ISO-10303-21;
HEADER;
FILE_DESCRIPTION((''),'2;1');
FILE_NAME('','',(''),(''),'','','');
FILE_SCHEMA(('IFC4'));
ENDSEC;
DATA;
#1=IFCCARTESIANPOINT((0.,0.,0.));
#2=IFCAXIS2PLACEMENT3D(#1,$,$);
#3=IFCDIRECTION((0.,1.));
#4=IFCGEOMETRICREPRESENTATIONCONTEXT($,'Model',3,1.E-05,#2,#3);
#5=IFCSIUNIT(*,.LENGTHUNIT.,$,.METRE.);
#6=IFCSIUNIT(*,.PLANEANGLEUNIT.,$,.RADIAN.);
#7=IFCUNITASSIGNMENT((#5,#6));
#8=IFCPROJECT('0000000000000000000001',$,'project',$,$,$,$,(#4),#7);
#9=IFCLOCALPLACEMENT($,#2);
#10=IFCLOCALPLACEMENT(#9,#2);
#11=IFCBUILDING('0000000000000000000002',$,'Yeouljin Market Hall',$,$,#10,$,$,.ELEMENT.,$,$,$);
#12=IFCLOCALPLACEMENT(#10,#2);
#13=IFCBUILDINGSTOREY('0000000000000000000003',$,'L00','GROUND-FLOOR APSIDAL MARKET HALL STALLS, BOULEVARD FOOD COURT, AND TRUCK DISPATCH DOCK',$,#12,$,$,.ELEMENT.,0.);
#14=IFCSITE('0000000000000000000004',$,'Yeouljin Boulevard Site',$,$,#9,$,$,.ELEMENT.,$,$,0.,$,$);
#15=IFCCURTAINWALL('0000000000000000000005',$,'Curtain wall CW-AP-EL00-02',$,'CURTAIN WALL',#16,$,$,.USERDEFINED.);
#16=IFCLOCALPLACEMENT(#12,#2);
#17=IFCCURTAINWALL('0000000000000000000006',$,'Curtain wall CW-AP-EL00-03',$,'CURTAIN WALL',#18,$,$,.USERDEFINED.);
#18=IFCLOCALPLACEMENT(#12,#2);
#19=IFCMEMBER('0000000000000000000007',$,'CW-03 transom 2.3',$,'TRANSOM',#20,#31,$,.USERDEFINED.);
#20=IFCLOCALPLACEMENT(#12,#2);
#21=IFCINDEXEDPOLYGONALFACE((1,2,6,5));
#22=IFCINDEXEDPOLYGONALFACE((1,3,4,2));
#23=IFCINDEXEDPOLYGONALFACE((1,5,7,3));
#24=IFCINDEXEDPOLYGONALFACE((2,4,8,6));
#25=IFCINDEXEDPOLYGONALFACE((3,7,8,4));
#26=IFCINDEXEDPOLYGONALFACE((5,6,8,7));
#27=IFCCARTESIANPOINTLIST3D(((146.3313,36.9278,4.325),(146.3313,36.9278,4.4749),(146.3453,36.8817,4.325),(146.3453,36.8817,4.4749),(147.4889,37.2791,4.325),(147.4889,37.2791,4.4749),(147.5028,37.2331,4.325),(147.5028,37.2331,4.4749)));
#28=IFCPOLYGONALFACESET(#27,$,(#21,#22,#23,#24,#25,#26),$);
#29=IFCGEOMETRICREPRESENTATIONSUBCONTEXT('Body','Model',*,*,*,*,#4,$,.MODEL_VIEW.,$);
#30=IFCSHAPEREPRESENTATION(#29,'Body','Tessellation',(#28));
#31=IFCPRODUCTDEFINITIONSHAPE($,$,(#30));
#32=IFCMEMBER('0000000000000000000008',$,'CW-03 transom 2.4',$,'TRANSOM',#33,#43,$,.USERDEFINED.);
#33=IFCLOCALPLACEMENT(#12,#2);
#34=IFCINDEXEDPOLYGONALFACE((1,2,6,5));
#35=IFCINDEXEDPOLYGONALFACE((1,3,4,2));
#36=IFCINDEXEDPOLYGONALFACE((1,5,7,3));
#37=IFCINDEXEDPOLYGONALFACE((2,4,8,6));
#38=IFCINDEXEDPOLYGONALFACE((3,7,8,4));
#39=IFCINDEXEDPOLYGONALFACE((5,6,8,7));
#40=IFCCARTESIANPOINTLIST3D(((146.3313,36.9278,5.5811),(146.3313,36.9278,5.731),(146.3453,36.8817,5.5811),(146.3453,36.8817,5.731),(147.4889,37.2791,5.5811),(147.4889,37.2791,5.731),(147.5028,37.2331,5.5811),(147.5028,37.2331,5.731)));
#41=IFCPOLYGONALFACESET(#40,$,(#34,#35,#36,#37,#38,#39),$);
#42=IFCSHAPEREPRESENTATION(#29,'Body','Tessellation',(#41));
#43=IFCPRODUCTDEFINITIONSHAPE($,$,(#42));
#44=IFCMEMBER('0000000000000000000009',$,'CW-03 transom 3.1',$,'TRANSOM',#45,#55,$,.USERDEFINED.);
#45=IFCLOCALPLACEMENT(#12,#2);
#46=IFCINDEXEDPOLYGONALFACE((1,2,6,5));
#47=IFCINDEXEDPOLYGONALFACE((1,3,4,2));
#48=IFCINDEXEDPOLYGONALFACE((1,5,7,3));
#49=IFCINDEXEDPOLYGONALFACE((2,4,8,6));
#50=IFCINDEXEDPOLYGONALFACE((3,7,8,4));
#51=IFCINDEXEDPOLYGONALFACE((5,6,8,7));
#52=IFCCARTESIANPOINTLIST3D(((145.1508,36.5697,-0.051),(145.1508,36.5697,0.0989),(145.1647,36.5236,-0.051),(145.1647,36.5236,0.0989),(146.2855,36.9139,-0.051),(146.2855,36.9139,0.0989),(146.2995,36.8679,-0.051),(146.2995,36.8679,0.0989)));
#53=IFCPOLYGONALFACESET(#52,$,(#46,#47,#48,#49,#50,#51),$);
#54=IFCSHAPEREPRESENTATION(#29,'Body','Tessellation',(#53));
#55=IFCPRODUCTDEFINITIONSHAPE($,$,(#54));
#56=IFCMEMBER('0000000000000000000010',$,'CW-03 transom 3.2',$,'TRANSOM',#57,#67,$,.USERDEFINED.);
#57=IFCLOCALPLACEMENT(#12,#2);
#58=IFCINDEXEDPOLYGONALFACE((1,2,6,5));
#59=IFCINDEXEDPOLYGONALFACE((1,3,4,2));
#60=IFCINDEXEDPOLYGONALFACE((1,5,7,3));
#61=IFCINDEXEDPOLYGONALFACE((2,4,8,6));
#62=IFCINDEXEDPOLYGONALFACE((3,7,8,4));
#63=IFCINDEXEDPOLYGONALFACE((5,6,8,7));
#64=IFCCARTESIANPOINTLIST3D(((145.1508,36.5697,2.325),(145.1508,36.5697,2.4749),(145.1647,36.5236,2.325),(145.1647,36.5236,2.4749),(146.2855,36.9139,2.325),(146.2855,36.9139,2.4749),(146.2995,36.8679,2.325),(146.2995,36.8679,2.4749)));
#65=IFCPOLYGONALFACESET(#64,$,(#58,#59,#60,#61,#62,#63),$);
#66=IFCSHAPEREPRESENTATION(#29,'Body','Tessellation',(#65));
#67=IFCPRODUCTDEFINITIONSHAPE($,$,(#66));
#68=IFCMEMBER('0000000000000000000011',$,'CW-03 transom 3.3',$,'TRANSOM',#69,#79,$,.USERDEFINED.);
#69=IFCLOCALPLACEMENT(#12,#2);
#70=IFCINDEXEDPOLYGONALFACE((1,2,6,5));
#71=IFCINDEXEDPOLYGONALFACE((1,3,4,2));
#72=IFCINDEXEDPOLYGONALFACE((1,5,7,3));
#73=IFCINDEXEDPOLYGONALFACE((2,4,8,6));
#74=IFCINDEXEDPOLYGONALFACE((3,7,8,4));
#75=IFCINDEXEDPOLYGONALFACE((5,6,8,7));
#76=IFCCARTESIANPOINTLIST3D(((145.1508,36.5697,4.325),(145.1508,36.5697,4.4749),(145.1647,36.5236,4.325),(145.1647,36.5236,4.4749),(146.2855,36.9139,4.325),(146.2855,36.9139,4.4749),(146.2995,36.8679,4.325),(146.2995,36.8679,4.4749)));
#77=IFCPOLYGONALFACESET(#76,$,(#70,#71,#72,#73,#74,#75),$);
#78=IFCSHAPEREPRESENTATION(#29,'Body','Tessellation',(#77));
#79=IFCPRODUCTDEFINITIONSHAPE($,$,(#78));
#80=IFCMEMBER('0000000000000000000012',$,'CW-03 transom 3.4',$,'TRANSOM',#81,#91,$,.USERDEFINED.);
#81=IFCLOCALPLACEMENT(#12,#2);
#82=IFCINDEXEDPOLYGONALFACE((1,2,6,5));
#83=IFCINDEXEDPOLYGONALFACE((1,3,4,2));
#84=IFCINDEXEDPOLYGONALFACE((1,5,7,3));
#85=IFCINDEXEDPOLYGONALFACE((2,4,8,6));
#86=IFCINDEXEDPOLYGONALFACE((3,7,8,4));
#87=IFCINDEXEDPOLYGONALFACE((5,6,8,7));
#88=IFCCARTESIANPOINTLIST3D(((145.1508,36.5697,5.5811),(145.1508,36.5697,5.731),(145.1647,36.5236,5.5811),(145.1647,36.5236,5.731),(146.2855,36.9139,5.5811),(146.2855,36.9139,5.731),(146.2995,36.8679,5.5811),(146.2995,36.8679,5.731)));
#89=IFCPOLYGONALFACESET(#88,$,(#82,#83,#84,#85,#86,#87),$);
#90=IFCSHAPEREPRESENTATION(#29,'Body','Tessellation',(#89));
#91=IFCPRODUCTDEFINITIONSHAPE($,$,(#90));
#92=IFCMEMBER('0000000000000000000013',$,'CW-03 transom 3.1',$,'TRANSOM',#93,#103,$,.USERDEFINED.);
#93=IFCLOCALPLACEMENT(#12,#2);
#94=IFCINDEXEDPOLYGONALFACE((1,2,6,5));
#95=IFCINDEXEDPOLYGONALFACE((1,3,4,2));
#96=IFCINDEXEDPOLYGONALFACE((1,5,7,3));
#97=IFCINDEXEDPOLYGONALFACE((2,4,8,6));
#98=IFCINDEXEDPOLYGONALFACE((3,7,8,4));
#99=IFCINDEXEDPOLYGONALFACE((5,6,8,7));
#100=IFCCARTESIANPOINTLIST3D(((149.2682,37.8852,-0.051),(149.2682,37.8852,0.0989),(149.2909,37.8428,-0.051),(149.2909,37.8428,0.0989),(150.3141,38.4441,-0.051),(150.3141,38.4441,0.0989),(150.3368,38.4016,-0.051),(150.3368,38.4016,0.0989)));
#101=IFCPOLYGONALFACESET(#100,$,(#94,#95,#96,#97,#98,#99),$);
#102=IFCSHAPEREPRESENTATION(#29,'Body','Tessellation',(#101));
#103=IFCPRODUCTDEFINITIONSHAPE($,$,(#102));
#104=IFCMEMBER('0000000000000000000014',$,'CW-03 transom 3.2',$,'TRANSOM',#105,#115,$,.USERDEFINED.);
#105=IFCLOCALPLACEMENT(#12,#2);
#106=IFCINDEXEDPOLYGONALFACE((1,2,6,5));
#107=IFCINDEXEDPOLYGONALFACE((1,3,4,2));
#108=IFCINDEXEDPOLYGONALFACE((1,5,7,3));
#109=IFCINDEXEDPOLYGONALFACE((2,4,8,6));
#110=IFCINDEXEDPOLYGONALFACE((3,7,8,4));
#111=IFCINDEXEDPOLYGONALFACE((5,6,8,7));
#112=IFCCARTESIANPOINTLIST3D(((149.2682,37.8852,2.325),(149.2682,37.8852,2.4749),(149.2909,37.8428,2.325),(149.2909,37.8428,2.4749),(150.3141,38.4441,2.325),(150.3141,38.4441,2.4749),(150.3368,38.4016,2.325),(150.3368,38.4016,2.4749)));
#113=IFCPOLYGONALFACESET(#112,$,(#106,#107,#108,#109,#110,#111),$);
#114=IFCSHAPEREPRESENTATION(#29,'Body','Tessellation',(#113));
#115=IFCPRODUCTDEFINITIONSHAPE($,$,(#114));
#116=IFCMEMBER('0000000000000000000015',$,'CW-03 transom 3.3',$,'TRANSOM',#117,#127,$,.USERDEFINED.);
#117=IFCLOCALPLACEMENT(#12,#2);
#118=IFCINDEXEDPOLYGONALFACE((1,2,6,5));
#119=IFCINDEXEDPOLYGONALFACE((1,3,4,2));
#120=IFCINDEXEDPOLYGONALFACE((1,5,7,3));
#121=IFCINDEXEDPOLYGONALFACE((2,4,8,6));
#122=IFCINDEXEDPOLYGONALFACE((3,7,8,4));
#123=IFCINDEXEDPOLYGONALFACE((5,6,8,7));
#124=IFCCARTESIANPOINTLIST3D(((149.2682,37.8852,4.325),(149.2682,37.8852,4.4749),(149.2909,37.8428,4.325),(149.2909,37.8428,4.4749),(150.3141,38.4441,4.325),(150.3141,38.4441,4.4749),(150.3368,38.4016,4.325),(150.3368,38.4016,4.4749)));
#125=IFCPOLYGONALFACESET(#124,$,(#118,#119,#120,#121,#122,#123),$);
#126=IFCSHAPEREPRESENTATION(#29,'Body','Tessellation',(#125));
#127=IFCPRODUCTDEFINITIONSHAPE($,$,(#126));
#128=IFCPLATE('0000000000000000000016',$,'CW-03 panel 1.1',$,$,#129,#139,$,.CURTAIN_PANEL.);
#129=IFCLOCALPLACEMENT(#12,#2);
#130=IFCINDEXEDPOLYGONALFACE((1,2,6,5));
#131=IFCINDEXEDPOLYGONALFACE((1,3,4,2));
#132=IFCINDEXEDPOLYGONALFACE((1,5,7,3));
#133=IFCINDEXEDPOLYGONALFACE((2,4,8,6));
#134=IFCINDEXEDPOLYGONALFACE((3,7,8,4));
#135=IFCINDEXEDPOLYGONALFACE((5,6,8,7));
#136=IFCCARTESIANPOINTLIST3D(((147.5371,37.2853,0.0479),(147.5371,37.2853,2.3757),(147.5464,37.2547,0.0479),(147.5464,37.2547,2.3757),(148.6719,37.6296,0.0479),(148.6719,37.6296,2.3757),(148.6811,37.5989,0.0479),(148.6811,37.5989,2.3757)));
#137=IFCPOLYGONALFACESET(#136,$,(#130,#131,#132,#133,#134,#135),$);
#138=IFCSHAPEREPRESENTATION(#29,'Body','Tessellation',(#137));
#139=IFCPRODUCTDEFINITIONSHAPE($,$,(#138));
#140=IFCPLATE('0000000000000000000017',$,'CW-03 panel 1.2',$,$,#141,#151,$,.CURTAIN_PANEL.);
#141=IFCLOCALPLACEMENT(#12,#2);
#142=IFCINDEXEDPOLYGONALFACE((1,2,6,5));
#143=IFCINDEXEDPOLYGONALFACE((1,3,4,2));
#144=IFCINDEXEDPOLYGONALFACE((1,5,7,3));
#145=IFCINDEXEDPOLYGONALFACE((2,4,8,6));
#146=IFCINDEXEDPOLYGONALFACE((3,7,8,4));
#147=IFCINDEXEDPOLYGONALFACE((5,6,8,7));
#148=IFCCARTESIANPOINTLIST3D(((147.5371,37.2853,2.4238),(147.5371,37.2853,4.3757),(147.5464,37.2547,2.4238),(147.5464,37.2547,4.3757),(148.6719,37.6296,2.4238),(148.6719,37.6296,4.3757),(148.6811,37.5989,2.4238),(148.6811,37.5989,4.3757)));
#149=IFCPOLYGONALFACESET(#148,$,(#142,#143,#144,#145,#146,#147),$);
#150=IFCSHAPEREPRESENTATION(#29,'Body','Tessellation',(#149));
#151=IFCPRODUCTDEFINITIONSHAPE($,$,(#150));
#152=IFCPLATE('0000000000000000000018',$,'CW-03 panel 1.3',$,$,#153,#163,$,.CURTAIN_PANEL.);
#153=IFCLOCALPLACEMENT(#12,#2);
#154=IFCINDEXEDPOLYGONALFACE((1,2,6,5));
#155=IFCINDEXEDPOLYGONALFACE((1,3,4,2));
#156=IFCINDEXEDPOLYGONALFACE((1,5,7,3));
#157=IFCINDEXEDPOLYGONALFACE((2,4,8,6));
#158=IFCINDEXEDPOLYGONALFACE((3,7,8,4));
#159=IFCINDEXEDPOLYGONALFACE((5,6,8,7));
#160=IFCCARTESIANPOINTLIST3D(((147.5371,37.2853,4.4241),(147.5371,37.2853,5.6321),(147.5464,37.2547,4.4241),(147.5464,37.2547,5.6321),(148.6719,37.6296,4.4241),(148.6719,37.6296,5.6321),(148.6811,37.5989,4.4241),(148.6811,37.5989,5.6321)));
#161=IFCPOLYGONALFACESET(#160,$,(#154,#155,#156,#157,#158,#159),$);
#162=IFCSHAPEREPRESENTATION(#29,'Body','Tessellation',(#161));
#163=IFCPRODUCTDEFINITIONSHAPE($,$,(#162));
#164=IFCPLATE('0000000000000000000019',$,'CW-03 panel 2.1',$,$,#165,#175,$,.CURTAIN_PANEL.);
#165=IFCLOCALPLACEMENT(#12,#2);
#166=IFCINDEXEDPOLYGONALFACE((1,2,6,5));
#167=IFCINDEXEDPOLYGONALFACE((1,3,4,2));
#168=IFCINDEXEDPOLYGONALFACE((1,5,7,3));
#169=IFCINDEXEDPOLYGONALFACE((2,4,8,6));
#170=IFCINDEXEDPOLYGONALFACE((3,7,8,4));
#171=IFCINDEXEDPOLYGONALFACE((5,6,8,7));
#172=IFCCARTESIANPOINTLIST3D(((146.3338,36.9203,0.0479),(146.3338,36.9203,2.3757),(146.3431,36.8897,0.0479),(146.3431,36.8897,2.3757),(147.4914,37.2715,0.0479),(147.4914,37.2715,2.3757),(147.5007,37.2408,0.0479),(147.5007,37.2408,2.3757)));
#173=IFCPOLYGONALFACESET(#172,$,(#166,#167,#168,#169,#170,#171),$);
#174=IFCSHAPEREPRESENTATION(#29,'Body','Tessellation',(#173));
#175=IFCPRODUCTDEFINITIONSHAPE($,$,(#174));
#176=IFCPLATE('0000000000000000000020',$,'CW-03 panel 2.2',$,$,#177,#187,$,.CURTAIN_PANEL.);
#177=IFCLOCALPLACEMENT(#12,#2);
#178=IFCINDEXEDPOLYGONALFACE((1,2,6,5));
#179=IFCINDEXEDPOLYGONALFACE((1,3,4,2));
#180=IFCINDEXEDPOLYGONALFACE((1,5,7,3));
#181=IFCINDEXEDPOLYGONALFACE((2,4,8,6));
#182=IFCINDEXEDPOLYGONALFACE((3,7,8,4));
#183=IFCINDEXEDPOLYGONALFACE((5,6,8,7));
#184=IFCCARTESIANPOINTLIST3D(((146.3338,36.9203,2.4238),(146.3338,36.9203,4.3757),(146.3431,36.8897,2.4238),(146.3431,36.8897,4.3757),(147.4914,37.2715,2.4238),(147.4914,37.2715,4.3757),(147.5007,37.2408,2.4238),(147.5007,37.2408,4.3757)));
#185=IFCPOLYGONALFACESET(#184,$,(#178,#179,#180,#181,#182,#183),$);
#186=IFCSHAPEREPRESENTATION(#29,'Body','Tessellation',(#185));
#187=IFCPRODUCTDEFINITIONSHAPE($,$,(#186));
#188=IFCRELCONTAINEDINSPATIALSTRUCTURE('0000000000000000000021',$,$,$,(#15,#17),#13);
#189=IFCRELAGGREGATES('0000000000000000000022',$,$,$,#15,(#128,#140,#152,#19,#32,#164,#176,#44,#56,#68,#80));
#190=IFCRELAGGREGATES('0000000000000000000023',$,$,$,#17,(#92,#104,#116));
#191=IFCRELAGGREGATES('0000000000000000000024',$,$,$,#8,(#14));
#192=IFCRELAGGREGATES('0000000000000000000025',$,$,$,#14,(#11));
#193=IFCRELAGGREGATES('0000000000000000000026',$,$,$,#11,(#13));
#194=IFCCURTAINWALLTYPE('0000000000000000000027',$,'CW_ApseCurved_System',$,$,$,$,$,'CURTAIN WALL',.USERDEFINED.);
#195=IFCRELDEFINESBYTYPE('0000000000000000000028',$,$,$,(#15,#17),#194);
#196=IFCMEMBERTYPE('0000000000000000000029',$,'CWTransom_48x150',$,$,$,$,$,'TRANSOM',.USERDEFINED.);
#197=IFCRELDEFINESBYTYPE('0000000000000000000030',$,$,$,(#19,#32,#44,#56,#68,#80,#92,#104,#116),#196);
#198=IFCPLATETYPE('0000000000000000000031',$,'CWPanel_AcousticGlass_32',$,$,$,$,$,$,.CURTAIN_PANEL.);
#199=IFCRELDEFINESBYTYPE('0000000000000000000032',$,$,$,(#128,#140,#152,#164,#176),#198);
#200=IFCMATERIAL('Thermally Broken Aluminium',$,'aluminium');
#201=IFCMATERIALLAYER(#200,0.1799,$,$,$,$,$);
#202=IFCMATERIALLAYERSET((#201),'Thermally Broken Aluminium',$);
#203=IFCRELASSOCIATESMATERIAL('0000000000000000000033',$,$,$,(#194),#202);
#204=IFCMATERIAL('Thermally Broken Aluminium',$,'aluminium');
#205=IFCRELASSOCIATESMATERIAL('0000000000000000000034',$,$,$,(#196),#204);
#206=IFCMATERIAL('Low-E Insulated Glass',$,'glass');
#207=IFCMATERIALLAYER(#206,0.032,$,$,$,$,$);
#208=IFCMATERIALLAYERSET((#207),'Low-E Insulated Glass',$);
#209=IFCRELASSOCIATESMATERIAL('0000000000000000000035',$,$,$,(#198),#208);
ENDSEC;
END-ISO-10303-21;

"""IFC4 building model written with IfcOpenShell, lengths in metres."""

from ifc_helpers import new_model, si_unit, direction, frame, origin, origin_2d, place, context, subcontext, project, spatial, rectangle, extrude, material, layer, layer_set, material_profile, profile_set, type_object, element, aggregate, save


model = new_model("IFC4")

# Units and contexts
model_context = context("Model", 3, precision=1e-05, world=origin(), true_north=direction((0.0, 1.0)))
body_context = subcontext(model_context, "Body", "Model", "MODEL_VIEW")
ifc_project = project(units=[si_unit("LENGTHUNIT", "METRE"), si_unit("PLANEANGLEUNIT", "RADIAN")], contexts=[model_context])

# Site, building, storey
site_placement = place(None, origin())
site = spatial("IfcSite", under=ifc_project, at=site_placement, Name="Yeouljin Boulevard Site", CompositionType="ELEMENT", RefElevation=0.0)
building_placement = place(site_placement, origin())
building = spatial("IfcBuilding", under=site, at=building_placement, Name="Yeouljin Market Hall", CompositionType="ELEMENT")
storey_placement = place(building_placement, origin())
storey = spatial("IfcBuildingStorey", under=building, at=storey_placement, Name="L00", Description="GROUND-FLOOR APSIDAL MARKET HALL STALLS, BOULEVARD FOOD COURT, AND TRUCK DISPATCH DOCK", CompositionType="ELEMENT", Elevation=0.0)

# Curtain wall
ifc_material_1 = material(Name="Thermally Broken Aluminium", Category="aluminium")
ifc_layer_1 = layer(ifc_material_1, 0.1799)
ifc_layer_set_1 = layer_set([ifc_layer_1], Name="Thermally Broken Aluminium")
curtain_wall_type = type_object("IfcCurtainWallType", Name="CW_ApseCurved_System", ElementType="CURTAIN WALL", PredefinedType="USERDEFINED", material=ifc_layer_set_1)
curtain_wall_1_placement = place(storey_placement, origin())
curtain_wall_1 = element("IfcCurtainWall", 1, at=curtain_wall_1_placement, inside=storey, type_object=curtain_wall_type, Name="Curtain wall CW-AP-EL00-02", ObjectType="CURTAIN WALL", PredefinedType="USERDEFINED")

# Curtain wall
curtain_wall_2_placement = place(storey_placement, origin())
curtain_wall_2 = element("IfcCurtainWall", 2, at=curtain_wall_2_placement, inside=storey, type_object=curtain_wall_type, Name="Curtain wall CW-AP-EL00-03", ObjectType="CURTAIN WALL", PredefinedType="USERDEFINED")

# Members
ifc_material_2 = material(Name="Thermally Broken Aluminium", Category="aluminium")
ifc_material_profile_1 = material_profile(ifc_material_2, rectangle(XDim=0.0481, YDim=0.1499, at=origin_2d()), Name="CW-TRAN-48x150")
ifc_profile_set_1 = profile_set([ifc_material_profile_1], Name="Thermally Broken Aluminium")
member_type_1 = type_object("IfcMemberType", Name="CWTransom_48x150", ElementType="TRANSOM", PredefinedType="USERDEFINED", material=ifc_profile_set_1)
member_1_placement = place(storey_placement, frame((147.4958, 37.2561, 4.3999), z_axis=(-0.956894, -0.290439, 0.0), x_axis=(0.290439, -0.956894, 0.0)))
member_1 = element("IfcMember", 3, at=member_1_placement, type_object=member_type_1, Name="CW-03 transom 2.3", ObjectType="TRANSOM", PredefinedType="USERDEFINED", context=body_context, shape_type="SweptSolid", body=[
    extrude(rectangle(XDim=0.0481, YDim=0.1499, at=origin_2d()), origin(), (0.0, 0.0, 1.0), 1.2097),
])
member_2_placement = place(storey_placement, frame((147.4958, 37.2561, 5.656), z_axis=(-0.956894, -0.290439, 0.0), x_axis=(0.290439, -0.956894, 0.0)))
member_2 = element("IfcMember", 4, at=member_2_placement, type_object=member_type_1, Name="CW-03 transom 2.4", ObjectType="TRANSOM", PredefinedType="USERDEFINED", context=body_context, shape_type="SweptSolid", body=[
    extrude(rectangle(XDim=0.0481, YDim=0.1499, at=origin_2d()), origin(), (0.0, 0.0, 1.0), 1.2097),
])
member_3_placement = place(storey_placement, frame((146.2925, 36.8909, 0.0239), z_axis=(-0.956938, -0.290293, 0.0), x_axis=(0.290293, -0.956938, 0.0)))
member_3 = element("IfcMember", 5, at=member_3_placement, type_object=member_type_1, Name="CW-03 transom 3.1", ObjectType="TRANSOM", PredefinedType="USERDEFINED", context=body_context, shape_type="SweptSolid", body=[
    extrude(rectangle(XDim=0.0481, YDim=0.1499, at=origin_2d()), origin(), (0.0, 0.0, 1.0), 1.1858),
])
member_4_placement = place(storey_placement, frame((146.2925, 36.8909, 2.3999), z_axis=(-0.956938, -0.290293, 0.0), x_axis=(0.290293, -0.956938, 0.0)))
member_4 = element("IfcMember", 6, at=member_4_placement, type_object=member_type_1, Name="CW-03 transom 3.2", ObjectType="TRANSOM", PredefinedType="USERDEFINED", context=body_context, shape_type="SweptSolid", body=[
    extrude(rectangle(XDim=0.0481, YDim=0.1499, at=origin_2d()), origin(), (0.0, 0.0, 1.0), 1.1858),
])
member_5_placement = place(storey_placement, frame((146.2925, 36.8909, 4.3999), z_axis=(-0.956938, -0.290293, 0.0), x_axis=(0.290293, -0.956938, 0.0)))
member_5 = element("IfcMember", 7, at=member_5_placement, type_object=member_type_1, Name="CW-03 transom 3.3", ObjectType="TRANSOM", PredefinedType="USERDEFINED", context=body_context, shape_type="SweptSolid", body=[
    extrude(rectangle(XDim=0.0481, YDim=0.1499, at=origin_2d()), origin(), (0.0, 0.0, 1.0), 1.1858),
])
member_6_placement = place(storey_placement, frame((146.2925, 36.8909, 5.656), z_axis=(-0.956938, -0.290293, 0.0), x_axis=(0.290293, -0.956938, 0.0)))
member_6 = element("IfcMember", 8, at=member_6_placement, type_object=member_type_1, Name="CW-03 transom 3.4", ObjectType="TRANSOM", PredefinedType="USERDEFINED", context=body_context, shape_type="SweptSolid", body=[
    extrude(rectangle(XDim=0.0481, YDim=0.1499, at=origin_2d()), origin(), (0.0, 0.0, 1.0), 1.1858),
])
member_7_placement = place(storey_placement, frame((150.3254, 38.4229, 0.0239), z_axis=(-0.881994, -0.471261, 0.0), x_axis=(0.471261, -0.881994, 0.0)))
member_7 = element("IfcMember", 9, at=member_7_placement, type_object=member_type_1, Name="CW-03 transom 3.1", ObjectType="TRANSOM", PredefinedType="USERDEFINED", context=body_context, shape_type="SweptSolid", body=[
    extrude(rectangle(XDim=0.0481, YDim=0.1499, at=origin_2d()), origin(), (0.0, 0.0, 1.0), 1.1858),
])
member_8_placement = place(storey_placement, frame((150.3254, 38.4229, 2.3999), z_axis=(-0.881994, -0.471261, 0.0), x_axis=(0.471261, -0.881994, 0.0)))
member_8 = element("IfcMember", 10, at=member_8_placement, type_object=member_type_1, Name="CW-03 transom 3.2", ObjectType="TRANSOM", PredefinedType="USERDEFINED", context=body_context, shape_type="SweptSolid", body=[
    extrude(rectangle(XDim=0.0481, YDim=0.1499, at=origin_2d()), origin(), (0.0, 0.0, 1.0), 1.1858),
])
member_9_placement = place(storey_placement, frame((150.3254, 38.4229, 4.3999), z_axis=(-0.881994, -0.471261, 0.0), x_axis=(0.471261, -0.881994, 0.0)))
member_9 = element("IfcMember", 11, at=member_9_placement, type_object=member_type_1, Name="CW-03 transom 3.3", ObjectType="TRANSOM", PredefinedType="USERDEFINED", context=body_context, shape_type="SweptSolid", body=[
    extrude(rectangle(XDim=0.0481, YDim=0.1499, at=origin_2d()), origin(), (0.0, 0.0, 1.0), 1.1858),
])

# Plates
ifc_material_3 = material(Name="Low-E Insulated Glass", Category="glass")
ifc_layer_2 = layer(ifc_material_3, 0.032)
ifc_layer_set_2 = layer_set([ifc_layer_2], Name="Low-E Insulated Glass")
plate_type = type_object("IfcPlateType", Name="CWPanel_AcousticGlass_32", PredefinedType="CURTAIN_PANEL", material=ifc_layer_set_2)
plate_1_placement = place(storey_placement, frame((148.1091, 37.4421, 0.0479), z_axis=(0.0, 0.0, 1.0), x_axis=(-0.95694, -0.290286, 0.0)))
plate_1 = element("IfcPlate", 12, at=plate_1_placement, type_object=plate_type, Name="CW-03 panel 1.1", PredefinedType="CURTAIN_PANEL", context=body_context, shape_type="SweptSolid", body=[
    extrude(rectangle(XDim=1.1858, YDim=0.032, at=origin_2d()), origin(), (0.0, 0.0, 1.0), 2.3279),
])
plate_2_placement = place(storey_placement, frame((148.1091, 37.4421, 2.4238), z_axis=(0.0, 0.0, 1.0), x_axis=(-0.95694, -0.290286, 0.0)))
plate_2 = element("IfcPlate", 13, at=plate_2_placement, type_object=plate_type, Name="CW-03 panel 1.2", PredefinedType="CURTAIN_PANEL", context=body_context, shape_type="SweptSolid", body=[
    extrude(rectangle(XDim=1.1858, YDim=0.032, at=origin_2d()), origin(), (0.0, 0.0, 1.0), 1.9519),
])
plate_3_placement = place(storey_placement, frame((148.1091, 37.4421, 4.4241), z_axis=(0.0, 0.0, 1.0), x_axis=(-0.95694, -0.290286, 0.0)))
plate_3 = element("IfcPlate", 14, at=plate_3_placement, type_object=plate_type, Name="CW-03 panel 1.3", PredefinedType="CURTAIN_PANEL", context=body_context, shape_type="SweptSolid", body=[
    extrude(rectangle(XDim=1.1858, YDim=0.032, at=origin_2d()), origin(), (0.0, 0.0, 1.0), 1.208),
])
plate_4_placement = place(storey_placement, frame((146.9172, 37.0806, 0.0479), z_axis=(0.0, 0.0, 1.0), x_axis=(-0.95694, -0.290286, 0.0)))
plate_4 = element("IfcPlate", 15, at=plate_4_placement, type_object=plate_type, Name="CW-03 panel 2.1", PredefinedType="CURTAIN_PANEL", context=body_context, shape_type="SweptSolid", body=[
    extrude(rectangle(XDim=1.2097, YDim=0.032, at=origin_2d()), origin(), (0.0, 0.0, 1.0), 2.3279),
])
plate_5_placement = place(storey_placement, frame((146.9172, 37.0806, 2.4238), z_axis=(0.0, 0.0, 1.0), x_axis=(-0.95694, -0.290286, 0.0)))
plate_5 = element("IfcPlate", 16, at=plate_5_placement, type_object=plate_type, Name="CW-03 panel 2.2", PredefinedType="CURTAIN_PANEL", context=body_context, shape_type="SweptSolid", body=[
    extrude(rectangle(XDim=1.2097, YDim=0.032, at=origin_2d()), origin(), (0.0, 0.0, 1.0), 1.9519),
])
aggregate(curtain_wall_1, [plate_1, plate_2, plate_3, member_1, member_2, plate_4, plate_5, member_3, member_4, member_5, member_6])
aggregate(curtain_wall_2, [member_7, member_8, member_9])

save(model, "model.ifc")
